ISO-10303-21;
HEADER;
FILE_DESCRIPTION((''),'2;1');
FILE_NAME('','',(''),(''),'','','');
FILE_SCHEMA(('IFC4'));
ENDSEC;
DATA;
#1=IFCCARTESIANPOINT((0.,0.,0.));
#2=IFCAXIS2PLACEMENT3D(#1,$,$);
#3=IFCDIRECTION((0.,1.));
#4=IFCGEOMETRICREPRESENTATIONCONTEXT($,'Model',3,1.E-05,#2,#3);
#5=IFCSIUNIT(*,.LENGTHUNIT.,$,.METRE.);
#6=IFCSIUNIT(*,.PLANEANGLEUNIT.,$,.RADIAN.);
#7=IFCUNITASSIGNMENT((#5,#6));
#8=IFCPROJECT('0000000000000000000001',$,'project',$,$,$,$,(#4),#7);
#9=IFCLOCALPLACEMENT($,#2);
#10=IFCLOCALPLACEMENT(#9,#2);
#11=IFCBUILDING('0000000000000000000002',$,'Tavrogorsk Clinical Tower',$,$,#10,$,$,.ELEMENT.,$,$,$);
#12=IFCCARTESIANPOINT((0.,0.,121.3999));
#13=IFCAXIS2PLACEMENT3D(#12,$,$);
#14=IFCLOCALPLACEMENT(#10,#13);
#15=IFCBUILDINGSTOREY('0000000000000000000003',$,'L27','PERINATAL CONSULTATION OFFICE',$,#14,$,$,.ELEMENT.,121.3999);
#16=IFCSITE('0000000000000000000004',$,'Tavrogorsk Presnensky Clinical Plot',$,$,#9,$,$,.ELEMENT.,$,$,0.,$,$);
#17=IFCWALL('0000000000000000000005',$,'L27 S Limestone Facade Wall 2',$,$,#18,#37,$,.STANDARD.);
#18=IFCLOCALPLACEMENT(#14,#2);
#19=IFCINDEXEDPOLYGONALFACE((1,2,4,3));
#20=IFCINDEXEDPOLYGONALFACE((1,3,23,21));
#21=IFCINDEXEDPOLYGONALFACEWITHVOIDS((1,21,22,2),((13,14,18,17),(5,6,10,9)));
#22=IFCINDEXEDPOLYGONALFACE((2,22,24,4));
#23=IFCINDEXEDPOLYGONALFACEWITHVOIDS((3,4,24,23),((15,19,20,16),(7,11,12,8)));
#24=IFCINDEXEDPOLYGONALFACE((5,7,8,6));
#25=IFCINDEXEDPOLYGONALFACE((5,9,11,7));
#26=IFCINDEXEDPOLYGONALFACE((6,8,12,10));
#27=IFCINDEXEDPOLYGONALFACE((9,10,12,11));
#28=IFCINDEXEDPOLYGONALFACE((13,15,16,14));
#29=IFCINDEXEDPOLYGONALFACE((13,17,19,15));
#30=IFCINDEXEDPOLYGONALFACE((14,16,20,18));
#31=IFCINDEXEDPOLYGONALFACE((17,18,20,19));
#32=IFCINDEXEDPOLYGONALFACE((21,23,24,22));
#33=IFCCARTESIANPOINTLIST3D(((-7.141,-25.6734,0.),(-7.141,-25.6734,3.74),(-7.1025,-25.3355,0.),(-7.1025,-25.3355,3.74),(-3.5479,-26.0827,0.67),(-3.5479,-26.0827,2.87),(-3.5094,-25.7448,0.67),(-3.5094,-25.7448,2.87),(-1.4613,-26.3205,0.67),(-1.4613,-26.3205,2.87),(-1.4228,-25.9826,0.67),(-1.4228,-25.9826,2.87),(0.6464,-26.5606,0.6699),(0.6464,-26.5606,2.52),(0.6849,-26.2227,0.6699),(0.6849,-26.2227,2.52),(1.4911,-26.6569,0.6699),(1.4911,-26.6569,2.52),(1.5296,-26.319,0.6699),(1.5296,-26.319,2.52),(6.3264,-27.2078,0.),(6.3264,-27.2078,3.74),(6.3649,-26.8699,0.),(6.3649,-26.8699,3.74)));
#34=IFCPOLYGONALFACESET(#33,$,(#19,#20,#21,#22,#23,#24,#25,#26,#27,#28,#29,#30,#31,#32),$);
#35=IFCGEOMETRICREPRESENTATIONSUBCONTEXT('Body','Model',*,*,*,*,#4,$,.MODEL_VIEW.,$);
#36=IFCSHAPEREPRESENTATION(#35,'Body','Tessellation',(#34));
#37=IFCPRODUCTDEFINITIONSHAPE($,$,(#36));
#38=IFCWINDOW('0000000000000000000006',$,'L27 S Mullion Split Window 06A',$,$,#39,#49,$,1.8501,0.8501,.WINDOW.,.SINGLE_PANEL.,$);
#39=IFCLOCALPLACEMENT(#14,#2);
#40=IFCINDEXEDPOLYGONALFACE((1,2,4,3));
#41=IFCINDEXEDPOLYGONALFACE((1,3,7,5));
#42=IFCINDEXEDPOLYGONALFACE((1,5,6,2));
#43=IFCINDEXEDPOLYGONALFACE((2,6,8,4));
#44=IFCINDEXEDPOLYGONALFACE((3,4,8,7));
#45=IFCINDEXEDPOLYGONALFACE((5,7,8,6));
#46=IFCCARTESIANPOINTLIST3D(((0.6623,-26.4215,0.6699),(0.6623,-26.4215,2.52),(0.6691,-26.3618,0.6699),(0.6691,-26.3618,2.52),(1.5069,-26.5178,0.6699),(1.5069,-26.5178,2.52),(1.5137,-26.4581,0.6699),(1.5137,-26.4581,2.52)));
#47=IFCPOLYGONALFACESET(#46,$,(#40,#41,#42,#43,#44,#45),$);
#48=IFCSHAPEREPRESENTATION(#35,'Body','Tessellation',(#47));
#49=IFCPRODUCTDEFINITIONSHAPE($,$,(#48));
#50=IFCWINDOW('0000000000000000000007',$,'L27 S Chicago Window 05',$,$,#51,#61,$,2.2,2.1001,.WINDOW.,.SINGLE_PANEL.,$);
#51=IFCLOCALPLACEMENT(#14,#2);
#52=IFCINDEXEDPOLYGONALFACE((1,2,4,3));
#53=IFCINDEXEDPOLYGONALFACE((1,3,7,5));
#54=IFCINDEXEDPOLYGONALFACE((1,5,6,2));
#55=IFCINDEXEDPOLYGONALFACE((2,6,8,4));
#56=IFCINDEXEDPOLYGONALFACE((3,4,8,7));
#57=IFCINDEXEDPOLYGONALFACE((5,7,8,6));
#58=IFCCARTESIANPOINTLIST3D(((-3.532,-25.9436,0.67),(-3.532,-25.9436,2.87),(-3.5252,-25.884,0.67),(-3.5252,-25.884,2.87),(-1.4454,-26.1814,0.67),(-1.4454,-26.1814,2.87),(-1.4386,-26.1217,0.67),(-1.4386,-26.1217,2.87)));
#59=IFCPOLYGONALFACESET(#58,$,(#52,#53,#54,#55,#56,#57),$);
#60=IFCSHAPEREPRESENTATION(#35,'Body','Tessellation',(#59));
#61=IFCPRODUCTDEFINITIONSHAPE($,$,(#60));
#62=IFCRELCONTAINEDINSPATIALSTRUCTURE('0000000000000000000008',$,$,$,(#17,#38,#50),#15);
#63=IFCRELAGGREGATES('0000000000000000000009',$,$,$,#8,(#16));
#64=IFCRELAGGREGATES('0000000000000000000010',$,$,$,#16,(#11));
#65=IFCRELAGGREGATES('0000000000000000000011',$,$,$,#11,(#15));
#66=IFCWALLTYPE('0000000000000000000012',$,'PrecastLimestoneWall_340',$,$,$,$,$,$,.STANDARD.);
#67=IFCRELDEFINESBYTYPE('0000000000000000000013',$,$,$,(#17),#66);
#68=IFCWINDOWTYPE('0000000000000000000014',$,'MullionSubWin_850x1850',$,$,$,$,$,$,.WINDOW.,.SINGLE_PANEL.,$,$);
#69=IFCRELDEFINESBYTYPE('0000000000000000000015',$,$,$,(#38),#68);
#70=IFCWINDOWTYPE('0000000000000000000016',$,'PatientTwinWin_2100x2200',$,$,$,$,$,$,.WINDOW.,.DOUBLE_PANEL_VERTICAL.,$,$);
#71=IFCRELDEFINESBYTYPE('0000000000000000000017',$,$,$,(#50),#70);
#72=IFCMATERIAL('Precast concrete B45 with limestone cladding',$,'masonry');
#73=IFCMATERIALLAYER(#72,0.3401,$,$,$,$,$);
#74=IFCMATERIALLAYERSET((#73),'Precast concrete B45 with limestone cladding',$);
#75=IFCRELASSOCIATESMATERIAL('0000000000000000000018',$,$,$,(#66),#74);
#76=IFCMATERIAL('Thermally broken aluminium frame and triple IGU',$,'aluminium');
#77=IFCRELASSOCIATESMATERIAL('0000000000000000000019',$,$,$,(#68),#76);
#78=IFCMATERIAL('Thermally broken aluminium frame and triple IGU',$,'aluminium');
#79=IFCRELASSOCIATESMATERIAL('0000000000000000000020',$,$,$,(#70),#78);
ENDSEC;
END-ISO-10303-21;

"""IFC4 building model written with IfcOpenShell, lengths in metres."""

from ifc_helpers import new_model, si_unit, direction, frame, frame_2d, origin, place, context, subcontext, project, spatial, rectangle, extrude, material, layer, layer_set, type_object, element, fill, save


model = new_model("IFC4")

# Units and contexts
model_context = context("Model", 3, precision=1e-05, world=origin(), true_north=direction((0.0, 1.0)))
body_context = subcontext(model_context, "Body", "Model", "MODEL_VIEW")
ifc_project = project(units=[si_unit("LENGTHUNIT", "METRE"), si_unit("PLANEANGLEUNIT", "RADIAN")], contexts=[model_context])

# Site, building, storey
site_placement = place(None, origin())
site = spatial("IfcSite", under=ifc_project, at=site_placement, Name="Tavrogorsk Presnensky Clinical Plot", CompositionType="ELEMENT", RefElevation=0.0)
building_placement = place(site_placement, origin())
building = spatial("IfcBuilding", under=site, at=building_placement, Name="Tavrogorsk Clinical Tower", CompositionType="ELEMENT")
storey_placement = place(building_placement, frame((0.0, 0.0, 121.3999)))
storey = spatial("IfcBuildingStorey", under=building, at=storey_placement, Name="L27", Description="PERINATAL CONSULTATION OFFICE", CompositionType="ELEMENT", Elevation=121.3999)

# Wall, openings, windows
ifc_material_1 = material(Name="Precast concrete B45 with limestone cladding", Category="masonry")
ifc_layer_1 = layer(ifc_material_1, 0.3401)
ifc_layer_set_1 = layer_set([ifc_layer_1], Name="Precast concrete B45 with limestone cladding")
wall_type_1 = type_object("IfcWallType", Name="PrecastLimestoneWall_340", PredefinedType="STANDARD", material=ifc_layer_set_1)
wall_1_placement = place(storey_placement, frame((-7.1218, -25.5044, 0.0), z_axis=(0.0, 0.0, 1.0), x_axis=(0.993572, -0.113205, 0.0)))
wall_1 = element("IfcWall", 1, at=wall_1_placement, inside=storey, type_object=wall_type_1, Name="L27 S Limestone Facade Wall 2", PredefinedType="STANDARD", context=body_context, shape_type="SweptSolid", body=[
    extrude(rectangle(XDim=13.5544, YDim=0.3401, at=frame_2d((6.7773, 0.0))), origin(), (0.0, 0.0, 1.0), 3.74),
])
opening_1_placement = place(wall_1_placement, frame((3.6165, 0.0, 0.6699)))
opening_1 = element("IfcOpeningElement", 2, at=opening_1_placement, cuts=wall_1, PredefinedType="OPENING", context=body_context, shape_type="SweptSolid", body=[
    extrude(rectangle(XDim=2.1001, YDim=2.2, at=frame_2d((1.05, 1.1001))), frame((0.0, 0.1799, 0.0), z_axis=(0.0, -1.0, 0.0), x_axis=(1.0, 0.0, 0.0)), (0.0, 0.0, 1.0), 0.3601),
])
opening_2_placement = place(wall_1_placement, frame((7.8379, 0.0, 0.6699)))
opening_2 = element("IfcOpeningElement", 3, at=opening_2_placement, cuts=wall_1, PredefinedType="OPENING", context=body_context, shape_type="SweptSolid", body=[
    extrude(rectangle(XDim=0.8501, YDim=1.8501, at=frame_2d((0.425, 0.925))), frame((0.0, 0.1799, 0.0), z_axis=(0.0, -1.0, 0.0), x_axis=(1.0, 0.0, 0.0)), (0.0, 0.0, 1.0), 0.3601),
])
ifc_material_2 = material(Name="Thermally broken aluminium frame and triple IGU", Category="aluminium")
window_type_1 = type_object("IfcWindowType", Name="MullionSubWin_850x1850", PartitioningType="SINGLE_PANEL", PredefinedType="WINDOW", material=ifc_material_2)
window_1_placement = place(opening_2_placement, origin())
window_1 = element("IfcWindow", 4, at=window_1_placement, inside=storey, type_object=window_type_1, Name="L27 S Mullion Split Window 06A", OverallHeight=1.8501, OverallWidth=0.8501, PartitioningType="SINGLE_PANEL", PredefinedType="WINDOW", context=body_context, shape_type="SweptSolid", body=[
    extrude(rectangle(XDim=0.8501, YDim=1.8501, at=frame_2d((0.425, 0.925))), frame((0.0, 0.03, 0.0), z_axis=(0.0, -1.0, 0.0), x_axis=(1.0, 0.0, 0.0)), (0.0, 0.0, 1.0), 0.0601),
])
fill(opening_2, window_1)
ifc_material_3 = material(Name="Thermally broken aluminium frame and triple IGU", Category="aluminium")
window_type_2 = type_object("IfcWindowType", Name="PatientTwinWin_2100x2200", PartitioningType="DOUBLE_PANEL_VERTICAL", PredefinedType="WINDOW", material=ifc_material_3)
window_2_placement = place(opening_1_placement, origin())
window_2 = element("IfcWindow", 5, at=window_2_placement, inside=storey, type_object=window_type_2, Name="L27 S Chicago Window 05", OverallHeight=2.2, OverallWidth=2.1001, PartitioningType="SINGLE_PANEL", PredefinedType="WINDOW", context=body_context, shape_type="SweptSolid", body=[
    extrude(rectangle(XDim=2.1001, YDim=2.2, at=frame_2d((1.05, 1.1001))), frame((0.0, 0.03, 0.0), z_axis=(0.0, -1.0, 0.0), x_axis=(1.0, 0.0, 0.0)), (0.0, 0.0, 1.0), 0.0601),
])
fill(opening_1, window_2)

save(model, "model.ifc")
